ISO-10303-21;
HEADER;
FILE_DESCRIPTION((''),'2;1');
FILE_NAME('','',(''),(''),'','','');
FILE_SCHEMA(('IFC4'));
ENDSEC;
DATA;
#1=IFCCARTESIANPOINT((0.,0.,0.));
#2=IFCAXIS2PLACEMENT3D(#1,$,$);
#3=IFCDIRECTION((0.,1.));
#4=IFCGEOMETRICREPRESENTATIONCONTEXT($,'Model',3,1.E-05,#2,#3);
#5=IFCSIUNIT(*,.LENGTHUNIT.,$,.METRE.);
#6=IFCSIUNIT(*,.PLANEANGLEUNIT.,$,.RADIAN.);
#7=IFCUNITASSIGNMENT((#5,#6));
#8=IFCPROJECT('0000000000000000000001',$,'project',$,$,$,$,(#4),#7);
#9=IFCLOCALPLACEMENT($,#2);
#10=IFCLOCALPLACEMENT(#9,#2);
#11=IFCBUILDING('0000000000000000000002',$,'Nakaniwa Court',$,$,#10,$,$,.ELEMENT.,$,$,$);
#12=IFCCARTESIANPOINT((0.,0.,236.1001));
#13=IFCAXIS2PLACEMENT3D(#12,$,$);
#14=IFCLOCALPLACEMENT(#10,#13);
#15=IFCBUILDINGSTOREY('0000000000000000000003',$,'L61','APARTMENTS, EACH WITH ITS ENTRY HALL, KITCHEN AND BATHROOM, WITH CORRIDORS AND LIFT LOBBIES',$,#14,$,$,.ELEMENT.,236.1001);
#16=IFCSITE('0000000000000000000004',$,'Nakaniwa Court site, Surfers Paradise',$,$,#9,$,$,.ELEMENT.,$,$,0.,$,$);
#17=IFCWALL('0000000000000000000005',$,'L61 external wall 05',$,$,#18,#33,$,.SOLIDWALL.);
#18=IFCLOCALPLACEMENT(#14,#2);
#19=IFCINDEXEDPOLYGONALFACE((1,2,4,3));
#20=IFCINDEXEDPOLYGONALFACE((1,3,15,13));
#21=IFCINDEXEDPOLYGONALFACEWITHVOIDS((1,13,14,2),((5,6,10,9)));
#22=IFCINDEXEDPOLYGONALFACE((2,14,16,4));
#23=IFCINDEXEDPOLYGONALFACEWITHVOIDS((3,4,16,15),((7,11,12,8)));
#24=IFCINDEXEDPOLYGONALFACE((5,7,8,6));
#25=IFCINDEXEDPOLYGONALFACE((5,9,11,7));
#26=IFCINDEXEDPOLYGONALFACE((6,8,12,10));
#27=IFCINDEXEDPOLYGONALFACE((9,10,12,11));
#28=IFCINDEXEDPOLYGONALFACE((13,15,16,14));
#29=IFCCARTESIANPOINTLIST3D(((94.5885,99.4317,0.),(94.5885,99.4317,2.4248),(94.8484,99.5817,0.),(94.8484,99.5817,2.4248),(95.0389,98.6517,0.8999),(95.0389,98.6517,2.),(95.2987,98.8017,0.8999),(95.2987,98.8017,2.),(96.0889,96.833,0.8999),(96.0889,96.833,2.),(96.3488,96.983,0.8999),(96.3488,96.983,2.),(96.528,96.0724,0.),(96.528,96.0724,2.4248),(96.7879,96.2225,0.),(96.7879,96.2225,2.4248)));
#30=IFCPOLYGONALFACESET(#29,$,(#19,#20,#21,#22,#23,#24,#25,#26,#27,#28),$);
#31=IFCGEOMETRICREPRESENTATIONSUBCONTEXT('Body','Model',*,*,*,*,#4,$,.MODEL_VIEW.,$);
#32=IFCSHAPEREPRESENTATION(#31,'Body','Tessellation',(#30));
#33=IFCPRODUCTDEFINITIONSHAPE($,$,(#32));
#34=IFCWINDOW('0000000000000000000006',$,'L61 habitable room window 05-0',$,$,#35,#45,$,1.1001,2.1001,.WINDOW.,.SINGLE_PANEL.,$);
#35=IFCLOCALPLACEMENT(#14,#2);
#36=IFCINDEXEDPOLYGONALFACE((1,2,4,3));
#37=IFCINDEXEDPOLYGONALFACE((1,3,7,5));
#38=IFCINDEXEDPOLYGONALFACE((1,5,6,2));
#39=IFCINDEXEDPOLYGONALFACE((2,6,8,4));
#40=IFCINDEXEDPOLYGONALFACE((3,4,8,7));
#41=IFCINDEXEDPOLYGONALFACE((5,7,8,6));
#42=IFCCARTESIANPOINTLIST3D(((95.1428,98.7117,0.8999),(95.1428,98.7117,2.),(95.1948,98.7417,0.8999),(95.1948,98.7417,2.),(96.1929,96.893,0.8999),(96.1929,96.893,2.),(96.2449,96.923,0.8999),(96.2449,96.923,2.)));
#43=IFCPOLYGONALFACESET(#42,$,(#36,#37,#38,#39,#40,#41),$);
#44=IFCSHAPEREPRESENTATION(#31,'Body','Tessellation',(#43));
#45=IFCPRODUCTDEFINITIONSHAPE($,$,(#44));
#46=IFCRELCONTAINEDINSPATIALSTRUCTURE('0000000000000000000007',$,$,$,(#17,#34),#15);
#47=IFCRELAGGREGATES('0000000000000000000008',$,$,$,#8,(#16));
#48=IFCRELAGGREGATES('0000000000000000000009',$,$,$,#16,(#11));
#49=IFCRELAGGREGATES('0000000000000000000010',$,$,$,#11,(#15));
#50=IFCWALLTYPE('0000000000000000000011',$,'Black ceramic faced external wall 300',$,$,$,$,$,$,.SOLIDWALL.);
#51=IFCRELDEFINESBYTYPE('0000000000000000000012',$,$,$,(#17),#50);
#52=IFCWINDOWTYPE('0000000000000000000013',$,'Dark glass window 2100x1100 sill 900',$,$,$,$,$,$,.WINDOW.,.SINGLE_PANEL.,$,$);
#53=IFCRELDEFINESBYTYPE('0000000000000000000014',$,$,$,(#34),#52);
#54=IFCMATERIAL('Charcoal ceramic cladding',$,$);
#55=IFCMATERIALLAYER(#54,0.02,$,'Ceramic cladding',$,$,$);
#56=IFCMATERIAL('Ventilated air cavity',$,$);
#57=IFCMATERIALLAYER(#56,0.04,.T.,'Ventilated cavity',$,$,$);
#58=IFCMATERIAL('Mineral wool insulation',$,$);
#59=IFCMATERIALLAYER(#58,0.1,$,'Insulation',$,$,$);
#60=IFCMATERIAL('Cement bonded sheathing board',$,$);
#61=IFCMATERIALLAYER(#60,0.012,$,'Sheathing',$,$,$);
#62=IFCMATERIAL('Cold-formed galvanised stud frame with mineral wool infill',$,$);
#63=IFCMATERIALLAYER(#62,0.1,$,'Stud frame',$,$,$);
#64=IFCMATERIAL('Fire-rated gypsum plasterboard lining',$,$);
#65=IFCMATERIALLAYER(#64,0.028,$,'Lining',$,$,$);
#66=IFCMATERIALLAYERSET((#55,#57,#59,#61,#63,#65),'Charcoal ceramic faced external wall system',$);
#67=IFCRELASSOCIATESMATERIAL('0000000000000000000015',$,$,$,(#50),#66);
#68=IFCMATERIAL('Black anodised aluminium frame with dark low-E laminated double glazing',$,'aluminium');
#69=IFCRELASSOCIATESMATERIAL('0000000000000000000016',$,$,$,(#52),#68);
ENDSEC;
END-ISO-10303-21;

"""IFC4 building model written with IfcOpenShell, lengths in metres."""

from ifc_helpers import new_model, si_unit, direction, frame, frame_2d, origin, place, context, subcontext, project, spatial, rectangle, extrude, material, layer, layer_set, type_object, element, fill, save


model = new_model("IFC4")

# Units and contexts
model_context = context("Model", 3, precision=1e-05, world=origin(), true_north=direction((0.0, 1.0)))
body_context = subcontext(model_context, "Body", "Model", "MODEL_VIEW")
ifc_project = project(units=[si_unit("LENGTHUNIT", "METRE"), si_unit("PLANEANGLEUNIT", "RADIAN")], contexts=[model_context])

# Site, building, storey
site_placement = place(None, origin())
site = spatial("IfcSite", under=ifc_project, at=site_placement, Name="Nakaniwa Court site, Surfers Paradise", CompositionType="ELEMENT", RefElevation=0.0)
building_placement = place(site_placement, origin())
building = spatial("IfcBuilding", under=site, at=building_placement, Name="Nakaniwa Court", CompositionType="ELEMENT")
storey_placement = place(building_placement, frame((0.0, 0.0, 236.1001)))
storey = spatial("IfcBuildingStorey", under=building, at=storey_placement, Name="L61", Description="APARTMENTS, EACH WITH ITS ENTRY HALL, KITCHEN AND BATHROOM, WITH CORRIDORS AND LIFT LOBBIES", CompositionType="ELEMENT", Elevation=236.1001)

# Shared definitions
ifc_material_1 = material(Name="Charcoal ceramic cladding")
ifc_layer_1 = layer(ifc_material_1, 0.02, Name="Ceramic cladding")
ifc_material_2 = material(Name="Ventilated air cavity")
ifc_layer_2 = layer(ifc_material_2, 0.04, ventilated=True, Name="Ventilated cavity")
ifc_material_3 = material(Name="Mineral wool insulation")
ifc_layer_3 = layer(ifc_material_3, 0.1, Name="Insulation")
ifc_material_4 = material(Name="Cement bonded sheathing board")
ifc_layer_4 = layer(ifc_material_4, 0.012, Name="Sheathing")
ifc_material_5 = material(Name="Cold-formed galvanised stud frame with mineral wool infill")
ifc_layer_5 = layer(ifc_material_5, 0.1, Name="Stud frame")
ifc_material_6 = material(Name="Fire-rated gypsum plasterboard lining")
ifc_layer_6 = layer(ifc_material_6, 0.028, Name="Lining")
ifc_layer_set_1 = layer_set([ifc_layer_1, ifc_layer_2, ifc_layer_3, ifc_layer_4, ifc_layer_5, ifc_layer_6], Name="Charcoal ceramic faced external wall system")
wall_type_1 = type_object("IfcWallType", Name="Black ceramic faced external wall 300", PredefinedType="SOLIDWALL", material=ifc_layer_set_1)
ifc_material_7 = material(Name="Black anodised aluminium frame with dark low-E laminated double glazing", Category="aluminium")

# Wall, opening, window
wall_1_placement = place(storey_placement, frame((96.658, 96.1475, 0.0), z_axis=(0.0, 0.0, 1.0), x_axis=(-0.500011, 0.866019, 0.0)))
wall_1 = element("IfcWall", 1, at=wall_1_placement, inside=storey, type_object=wall_type_1, Name="L61 external wall 05", PredefinedType="SOLIDWALL", context=body_context, shape_type="SweptSolid", body=[
    extrude(rectangle(XDim=3.8789, YDim=0.3, at=frame_2d((1.9395, 0.0))), origin(), (0.0, 0.0, 1.0), 2.4248),
])
opening_1_placement = place(wall_1_placement, frame((0.8782, 0.0, 0.8999)))
opening_1 = element("IfcOpeningElement", 2, at=opening_1_placement, cuts=wall_1, PredefinedType="OPENING", context=body_context, shape_type="SweptSolid", body=[
    extrude(rectangle(XDim=2.1001, YDim=1.1001, at=frame_2d((1.05, 0.55))), frame((0.0, 0.1599, 0.0), z_axis=(0.0, -1.0, 0.0), x_axis=(1.0, 0.0, 0.0)), (0.0, 0.0, 1.0), 0.3201),
])
window_type_1 = type_object("IfcWindowType", Name="Dark glass window 2100x1100 sill 900", PartitioningType="SINGLE_PANEL", PredefinedType="WINDOW", material=ifc_material_7)
window_1_placement = place(opening_1_placement, origin())
window_1 = element("IfcWindow", 3, at=window_1_placement, inside=storey, type_object=window_type_1, Name="L61 habitable room window 05-0", OverallHeight=1.1001, OverallWidth=2.1001, PartitioningType="SINGLE_PANEL", PredefinedType="WINDOW", context=body_context, shape_type="SweptSolid", body=[
    extrude(rectangle(XDim=2.1001, YDim=1.1001, at=frame_2d((1.05, 0.55))), frame((0.0, 0.03, 0.0), z_axis=(0.0, -1.0, 0.0), x_axis=(1.0, 0.0, 0.0)), (0.0, 0.0, 1.0), 0.0601),
])
fill(opening_1, window_1)

save(model, "model.ifc")
